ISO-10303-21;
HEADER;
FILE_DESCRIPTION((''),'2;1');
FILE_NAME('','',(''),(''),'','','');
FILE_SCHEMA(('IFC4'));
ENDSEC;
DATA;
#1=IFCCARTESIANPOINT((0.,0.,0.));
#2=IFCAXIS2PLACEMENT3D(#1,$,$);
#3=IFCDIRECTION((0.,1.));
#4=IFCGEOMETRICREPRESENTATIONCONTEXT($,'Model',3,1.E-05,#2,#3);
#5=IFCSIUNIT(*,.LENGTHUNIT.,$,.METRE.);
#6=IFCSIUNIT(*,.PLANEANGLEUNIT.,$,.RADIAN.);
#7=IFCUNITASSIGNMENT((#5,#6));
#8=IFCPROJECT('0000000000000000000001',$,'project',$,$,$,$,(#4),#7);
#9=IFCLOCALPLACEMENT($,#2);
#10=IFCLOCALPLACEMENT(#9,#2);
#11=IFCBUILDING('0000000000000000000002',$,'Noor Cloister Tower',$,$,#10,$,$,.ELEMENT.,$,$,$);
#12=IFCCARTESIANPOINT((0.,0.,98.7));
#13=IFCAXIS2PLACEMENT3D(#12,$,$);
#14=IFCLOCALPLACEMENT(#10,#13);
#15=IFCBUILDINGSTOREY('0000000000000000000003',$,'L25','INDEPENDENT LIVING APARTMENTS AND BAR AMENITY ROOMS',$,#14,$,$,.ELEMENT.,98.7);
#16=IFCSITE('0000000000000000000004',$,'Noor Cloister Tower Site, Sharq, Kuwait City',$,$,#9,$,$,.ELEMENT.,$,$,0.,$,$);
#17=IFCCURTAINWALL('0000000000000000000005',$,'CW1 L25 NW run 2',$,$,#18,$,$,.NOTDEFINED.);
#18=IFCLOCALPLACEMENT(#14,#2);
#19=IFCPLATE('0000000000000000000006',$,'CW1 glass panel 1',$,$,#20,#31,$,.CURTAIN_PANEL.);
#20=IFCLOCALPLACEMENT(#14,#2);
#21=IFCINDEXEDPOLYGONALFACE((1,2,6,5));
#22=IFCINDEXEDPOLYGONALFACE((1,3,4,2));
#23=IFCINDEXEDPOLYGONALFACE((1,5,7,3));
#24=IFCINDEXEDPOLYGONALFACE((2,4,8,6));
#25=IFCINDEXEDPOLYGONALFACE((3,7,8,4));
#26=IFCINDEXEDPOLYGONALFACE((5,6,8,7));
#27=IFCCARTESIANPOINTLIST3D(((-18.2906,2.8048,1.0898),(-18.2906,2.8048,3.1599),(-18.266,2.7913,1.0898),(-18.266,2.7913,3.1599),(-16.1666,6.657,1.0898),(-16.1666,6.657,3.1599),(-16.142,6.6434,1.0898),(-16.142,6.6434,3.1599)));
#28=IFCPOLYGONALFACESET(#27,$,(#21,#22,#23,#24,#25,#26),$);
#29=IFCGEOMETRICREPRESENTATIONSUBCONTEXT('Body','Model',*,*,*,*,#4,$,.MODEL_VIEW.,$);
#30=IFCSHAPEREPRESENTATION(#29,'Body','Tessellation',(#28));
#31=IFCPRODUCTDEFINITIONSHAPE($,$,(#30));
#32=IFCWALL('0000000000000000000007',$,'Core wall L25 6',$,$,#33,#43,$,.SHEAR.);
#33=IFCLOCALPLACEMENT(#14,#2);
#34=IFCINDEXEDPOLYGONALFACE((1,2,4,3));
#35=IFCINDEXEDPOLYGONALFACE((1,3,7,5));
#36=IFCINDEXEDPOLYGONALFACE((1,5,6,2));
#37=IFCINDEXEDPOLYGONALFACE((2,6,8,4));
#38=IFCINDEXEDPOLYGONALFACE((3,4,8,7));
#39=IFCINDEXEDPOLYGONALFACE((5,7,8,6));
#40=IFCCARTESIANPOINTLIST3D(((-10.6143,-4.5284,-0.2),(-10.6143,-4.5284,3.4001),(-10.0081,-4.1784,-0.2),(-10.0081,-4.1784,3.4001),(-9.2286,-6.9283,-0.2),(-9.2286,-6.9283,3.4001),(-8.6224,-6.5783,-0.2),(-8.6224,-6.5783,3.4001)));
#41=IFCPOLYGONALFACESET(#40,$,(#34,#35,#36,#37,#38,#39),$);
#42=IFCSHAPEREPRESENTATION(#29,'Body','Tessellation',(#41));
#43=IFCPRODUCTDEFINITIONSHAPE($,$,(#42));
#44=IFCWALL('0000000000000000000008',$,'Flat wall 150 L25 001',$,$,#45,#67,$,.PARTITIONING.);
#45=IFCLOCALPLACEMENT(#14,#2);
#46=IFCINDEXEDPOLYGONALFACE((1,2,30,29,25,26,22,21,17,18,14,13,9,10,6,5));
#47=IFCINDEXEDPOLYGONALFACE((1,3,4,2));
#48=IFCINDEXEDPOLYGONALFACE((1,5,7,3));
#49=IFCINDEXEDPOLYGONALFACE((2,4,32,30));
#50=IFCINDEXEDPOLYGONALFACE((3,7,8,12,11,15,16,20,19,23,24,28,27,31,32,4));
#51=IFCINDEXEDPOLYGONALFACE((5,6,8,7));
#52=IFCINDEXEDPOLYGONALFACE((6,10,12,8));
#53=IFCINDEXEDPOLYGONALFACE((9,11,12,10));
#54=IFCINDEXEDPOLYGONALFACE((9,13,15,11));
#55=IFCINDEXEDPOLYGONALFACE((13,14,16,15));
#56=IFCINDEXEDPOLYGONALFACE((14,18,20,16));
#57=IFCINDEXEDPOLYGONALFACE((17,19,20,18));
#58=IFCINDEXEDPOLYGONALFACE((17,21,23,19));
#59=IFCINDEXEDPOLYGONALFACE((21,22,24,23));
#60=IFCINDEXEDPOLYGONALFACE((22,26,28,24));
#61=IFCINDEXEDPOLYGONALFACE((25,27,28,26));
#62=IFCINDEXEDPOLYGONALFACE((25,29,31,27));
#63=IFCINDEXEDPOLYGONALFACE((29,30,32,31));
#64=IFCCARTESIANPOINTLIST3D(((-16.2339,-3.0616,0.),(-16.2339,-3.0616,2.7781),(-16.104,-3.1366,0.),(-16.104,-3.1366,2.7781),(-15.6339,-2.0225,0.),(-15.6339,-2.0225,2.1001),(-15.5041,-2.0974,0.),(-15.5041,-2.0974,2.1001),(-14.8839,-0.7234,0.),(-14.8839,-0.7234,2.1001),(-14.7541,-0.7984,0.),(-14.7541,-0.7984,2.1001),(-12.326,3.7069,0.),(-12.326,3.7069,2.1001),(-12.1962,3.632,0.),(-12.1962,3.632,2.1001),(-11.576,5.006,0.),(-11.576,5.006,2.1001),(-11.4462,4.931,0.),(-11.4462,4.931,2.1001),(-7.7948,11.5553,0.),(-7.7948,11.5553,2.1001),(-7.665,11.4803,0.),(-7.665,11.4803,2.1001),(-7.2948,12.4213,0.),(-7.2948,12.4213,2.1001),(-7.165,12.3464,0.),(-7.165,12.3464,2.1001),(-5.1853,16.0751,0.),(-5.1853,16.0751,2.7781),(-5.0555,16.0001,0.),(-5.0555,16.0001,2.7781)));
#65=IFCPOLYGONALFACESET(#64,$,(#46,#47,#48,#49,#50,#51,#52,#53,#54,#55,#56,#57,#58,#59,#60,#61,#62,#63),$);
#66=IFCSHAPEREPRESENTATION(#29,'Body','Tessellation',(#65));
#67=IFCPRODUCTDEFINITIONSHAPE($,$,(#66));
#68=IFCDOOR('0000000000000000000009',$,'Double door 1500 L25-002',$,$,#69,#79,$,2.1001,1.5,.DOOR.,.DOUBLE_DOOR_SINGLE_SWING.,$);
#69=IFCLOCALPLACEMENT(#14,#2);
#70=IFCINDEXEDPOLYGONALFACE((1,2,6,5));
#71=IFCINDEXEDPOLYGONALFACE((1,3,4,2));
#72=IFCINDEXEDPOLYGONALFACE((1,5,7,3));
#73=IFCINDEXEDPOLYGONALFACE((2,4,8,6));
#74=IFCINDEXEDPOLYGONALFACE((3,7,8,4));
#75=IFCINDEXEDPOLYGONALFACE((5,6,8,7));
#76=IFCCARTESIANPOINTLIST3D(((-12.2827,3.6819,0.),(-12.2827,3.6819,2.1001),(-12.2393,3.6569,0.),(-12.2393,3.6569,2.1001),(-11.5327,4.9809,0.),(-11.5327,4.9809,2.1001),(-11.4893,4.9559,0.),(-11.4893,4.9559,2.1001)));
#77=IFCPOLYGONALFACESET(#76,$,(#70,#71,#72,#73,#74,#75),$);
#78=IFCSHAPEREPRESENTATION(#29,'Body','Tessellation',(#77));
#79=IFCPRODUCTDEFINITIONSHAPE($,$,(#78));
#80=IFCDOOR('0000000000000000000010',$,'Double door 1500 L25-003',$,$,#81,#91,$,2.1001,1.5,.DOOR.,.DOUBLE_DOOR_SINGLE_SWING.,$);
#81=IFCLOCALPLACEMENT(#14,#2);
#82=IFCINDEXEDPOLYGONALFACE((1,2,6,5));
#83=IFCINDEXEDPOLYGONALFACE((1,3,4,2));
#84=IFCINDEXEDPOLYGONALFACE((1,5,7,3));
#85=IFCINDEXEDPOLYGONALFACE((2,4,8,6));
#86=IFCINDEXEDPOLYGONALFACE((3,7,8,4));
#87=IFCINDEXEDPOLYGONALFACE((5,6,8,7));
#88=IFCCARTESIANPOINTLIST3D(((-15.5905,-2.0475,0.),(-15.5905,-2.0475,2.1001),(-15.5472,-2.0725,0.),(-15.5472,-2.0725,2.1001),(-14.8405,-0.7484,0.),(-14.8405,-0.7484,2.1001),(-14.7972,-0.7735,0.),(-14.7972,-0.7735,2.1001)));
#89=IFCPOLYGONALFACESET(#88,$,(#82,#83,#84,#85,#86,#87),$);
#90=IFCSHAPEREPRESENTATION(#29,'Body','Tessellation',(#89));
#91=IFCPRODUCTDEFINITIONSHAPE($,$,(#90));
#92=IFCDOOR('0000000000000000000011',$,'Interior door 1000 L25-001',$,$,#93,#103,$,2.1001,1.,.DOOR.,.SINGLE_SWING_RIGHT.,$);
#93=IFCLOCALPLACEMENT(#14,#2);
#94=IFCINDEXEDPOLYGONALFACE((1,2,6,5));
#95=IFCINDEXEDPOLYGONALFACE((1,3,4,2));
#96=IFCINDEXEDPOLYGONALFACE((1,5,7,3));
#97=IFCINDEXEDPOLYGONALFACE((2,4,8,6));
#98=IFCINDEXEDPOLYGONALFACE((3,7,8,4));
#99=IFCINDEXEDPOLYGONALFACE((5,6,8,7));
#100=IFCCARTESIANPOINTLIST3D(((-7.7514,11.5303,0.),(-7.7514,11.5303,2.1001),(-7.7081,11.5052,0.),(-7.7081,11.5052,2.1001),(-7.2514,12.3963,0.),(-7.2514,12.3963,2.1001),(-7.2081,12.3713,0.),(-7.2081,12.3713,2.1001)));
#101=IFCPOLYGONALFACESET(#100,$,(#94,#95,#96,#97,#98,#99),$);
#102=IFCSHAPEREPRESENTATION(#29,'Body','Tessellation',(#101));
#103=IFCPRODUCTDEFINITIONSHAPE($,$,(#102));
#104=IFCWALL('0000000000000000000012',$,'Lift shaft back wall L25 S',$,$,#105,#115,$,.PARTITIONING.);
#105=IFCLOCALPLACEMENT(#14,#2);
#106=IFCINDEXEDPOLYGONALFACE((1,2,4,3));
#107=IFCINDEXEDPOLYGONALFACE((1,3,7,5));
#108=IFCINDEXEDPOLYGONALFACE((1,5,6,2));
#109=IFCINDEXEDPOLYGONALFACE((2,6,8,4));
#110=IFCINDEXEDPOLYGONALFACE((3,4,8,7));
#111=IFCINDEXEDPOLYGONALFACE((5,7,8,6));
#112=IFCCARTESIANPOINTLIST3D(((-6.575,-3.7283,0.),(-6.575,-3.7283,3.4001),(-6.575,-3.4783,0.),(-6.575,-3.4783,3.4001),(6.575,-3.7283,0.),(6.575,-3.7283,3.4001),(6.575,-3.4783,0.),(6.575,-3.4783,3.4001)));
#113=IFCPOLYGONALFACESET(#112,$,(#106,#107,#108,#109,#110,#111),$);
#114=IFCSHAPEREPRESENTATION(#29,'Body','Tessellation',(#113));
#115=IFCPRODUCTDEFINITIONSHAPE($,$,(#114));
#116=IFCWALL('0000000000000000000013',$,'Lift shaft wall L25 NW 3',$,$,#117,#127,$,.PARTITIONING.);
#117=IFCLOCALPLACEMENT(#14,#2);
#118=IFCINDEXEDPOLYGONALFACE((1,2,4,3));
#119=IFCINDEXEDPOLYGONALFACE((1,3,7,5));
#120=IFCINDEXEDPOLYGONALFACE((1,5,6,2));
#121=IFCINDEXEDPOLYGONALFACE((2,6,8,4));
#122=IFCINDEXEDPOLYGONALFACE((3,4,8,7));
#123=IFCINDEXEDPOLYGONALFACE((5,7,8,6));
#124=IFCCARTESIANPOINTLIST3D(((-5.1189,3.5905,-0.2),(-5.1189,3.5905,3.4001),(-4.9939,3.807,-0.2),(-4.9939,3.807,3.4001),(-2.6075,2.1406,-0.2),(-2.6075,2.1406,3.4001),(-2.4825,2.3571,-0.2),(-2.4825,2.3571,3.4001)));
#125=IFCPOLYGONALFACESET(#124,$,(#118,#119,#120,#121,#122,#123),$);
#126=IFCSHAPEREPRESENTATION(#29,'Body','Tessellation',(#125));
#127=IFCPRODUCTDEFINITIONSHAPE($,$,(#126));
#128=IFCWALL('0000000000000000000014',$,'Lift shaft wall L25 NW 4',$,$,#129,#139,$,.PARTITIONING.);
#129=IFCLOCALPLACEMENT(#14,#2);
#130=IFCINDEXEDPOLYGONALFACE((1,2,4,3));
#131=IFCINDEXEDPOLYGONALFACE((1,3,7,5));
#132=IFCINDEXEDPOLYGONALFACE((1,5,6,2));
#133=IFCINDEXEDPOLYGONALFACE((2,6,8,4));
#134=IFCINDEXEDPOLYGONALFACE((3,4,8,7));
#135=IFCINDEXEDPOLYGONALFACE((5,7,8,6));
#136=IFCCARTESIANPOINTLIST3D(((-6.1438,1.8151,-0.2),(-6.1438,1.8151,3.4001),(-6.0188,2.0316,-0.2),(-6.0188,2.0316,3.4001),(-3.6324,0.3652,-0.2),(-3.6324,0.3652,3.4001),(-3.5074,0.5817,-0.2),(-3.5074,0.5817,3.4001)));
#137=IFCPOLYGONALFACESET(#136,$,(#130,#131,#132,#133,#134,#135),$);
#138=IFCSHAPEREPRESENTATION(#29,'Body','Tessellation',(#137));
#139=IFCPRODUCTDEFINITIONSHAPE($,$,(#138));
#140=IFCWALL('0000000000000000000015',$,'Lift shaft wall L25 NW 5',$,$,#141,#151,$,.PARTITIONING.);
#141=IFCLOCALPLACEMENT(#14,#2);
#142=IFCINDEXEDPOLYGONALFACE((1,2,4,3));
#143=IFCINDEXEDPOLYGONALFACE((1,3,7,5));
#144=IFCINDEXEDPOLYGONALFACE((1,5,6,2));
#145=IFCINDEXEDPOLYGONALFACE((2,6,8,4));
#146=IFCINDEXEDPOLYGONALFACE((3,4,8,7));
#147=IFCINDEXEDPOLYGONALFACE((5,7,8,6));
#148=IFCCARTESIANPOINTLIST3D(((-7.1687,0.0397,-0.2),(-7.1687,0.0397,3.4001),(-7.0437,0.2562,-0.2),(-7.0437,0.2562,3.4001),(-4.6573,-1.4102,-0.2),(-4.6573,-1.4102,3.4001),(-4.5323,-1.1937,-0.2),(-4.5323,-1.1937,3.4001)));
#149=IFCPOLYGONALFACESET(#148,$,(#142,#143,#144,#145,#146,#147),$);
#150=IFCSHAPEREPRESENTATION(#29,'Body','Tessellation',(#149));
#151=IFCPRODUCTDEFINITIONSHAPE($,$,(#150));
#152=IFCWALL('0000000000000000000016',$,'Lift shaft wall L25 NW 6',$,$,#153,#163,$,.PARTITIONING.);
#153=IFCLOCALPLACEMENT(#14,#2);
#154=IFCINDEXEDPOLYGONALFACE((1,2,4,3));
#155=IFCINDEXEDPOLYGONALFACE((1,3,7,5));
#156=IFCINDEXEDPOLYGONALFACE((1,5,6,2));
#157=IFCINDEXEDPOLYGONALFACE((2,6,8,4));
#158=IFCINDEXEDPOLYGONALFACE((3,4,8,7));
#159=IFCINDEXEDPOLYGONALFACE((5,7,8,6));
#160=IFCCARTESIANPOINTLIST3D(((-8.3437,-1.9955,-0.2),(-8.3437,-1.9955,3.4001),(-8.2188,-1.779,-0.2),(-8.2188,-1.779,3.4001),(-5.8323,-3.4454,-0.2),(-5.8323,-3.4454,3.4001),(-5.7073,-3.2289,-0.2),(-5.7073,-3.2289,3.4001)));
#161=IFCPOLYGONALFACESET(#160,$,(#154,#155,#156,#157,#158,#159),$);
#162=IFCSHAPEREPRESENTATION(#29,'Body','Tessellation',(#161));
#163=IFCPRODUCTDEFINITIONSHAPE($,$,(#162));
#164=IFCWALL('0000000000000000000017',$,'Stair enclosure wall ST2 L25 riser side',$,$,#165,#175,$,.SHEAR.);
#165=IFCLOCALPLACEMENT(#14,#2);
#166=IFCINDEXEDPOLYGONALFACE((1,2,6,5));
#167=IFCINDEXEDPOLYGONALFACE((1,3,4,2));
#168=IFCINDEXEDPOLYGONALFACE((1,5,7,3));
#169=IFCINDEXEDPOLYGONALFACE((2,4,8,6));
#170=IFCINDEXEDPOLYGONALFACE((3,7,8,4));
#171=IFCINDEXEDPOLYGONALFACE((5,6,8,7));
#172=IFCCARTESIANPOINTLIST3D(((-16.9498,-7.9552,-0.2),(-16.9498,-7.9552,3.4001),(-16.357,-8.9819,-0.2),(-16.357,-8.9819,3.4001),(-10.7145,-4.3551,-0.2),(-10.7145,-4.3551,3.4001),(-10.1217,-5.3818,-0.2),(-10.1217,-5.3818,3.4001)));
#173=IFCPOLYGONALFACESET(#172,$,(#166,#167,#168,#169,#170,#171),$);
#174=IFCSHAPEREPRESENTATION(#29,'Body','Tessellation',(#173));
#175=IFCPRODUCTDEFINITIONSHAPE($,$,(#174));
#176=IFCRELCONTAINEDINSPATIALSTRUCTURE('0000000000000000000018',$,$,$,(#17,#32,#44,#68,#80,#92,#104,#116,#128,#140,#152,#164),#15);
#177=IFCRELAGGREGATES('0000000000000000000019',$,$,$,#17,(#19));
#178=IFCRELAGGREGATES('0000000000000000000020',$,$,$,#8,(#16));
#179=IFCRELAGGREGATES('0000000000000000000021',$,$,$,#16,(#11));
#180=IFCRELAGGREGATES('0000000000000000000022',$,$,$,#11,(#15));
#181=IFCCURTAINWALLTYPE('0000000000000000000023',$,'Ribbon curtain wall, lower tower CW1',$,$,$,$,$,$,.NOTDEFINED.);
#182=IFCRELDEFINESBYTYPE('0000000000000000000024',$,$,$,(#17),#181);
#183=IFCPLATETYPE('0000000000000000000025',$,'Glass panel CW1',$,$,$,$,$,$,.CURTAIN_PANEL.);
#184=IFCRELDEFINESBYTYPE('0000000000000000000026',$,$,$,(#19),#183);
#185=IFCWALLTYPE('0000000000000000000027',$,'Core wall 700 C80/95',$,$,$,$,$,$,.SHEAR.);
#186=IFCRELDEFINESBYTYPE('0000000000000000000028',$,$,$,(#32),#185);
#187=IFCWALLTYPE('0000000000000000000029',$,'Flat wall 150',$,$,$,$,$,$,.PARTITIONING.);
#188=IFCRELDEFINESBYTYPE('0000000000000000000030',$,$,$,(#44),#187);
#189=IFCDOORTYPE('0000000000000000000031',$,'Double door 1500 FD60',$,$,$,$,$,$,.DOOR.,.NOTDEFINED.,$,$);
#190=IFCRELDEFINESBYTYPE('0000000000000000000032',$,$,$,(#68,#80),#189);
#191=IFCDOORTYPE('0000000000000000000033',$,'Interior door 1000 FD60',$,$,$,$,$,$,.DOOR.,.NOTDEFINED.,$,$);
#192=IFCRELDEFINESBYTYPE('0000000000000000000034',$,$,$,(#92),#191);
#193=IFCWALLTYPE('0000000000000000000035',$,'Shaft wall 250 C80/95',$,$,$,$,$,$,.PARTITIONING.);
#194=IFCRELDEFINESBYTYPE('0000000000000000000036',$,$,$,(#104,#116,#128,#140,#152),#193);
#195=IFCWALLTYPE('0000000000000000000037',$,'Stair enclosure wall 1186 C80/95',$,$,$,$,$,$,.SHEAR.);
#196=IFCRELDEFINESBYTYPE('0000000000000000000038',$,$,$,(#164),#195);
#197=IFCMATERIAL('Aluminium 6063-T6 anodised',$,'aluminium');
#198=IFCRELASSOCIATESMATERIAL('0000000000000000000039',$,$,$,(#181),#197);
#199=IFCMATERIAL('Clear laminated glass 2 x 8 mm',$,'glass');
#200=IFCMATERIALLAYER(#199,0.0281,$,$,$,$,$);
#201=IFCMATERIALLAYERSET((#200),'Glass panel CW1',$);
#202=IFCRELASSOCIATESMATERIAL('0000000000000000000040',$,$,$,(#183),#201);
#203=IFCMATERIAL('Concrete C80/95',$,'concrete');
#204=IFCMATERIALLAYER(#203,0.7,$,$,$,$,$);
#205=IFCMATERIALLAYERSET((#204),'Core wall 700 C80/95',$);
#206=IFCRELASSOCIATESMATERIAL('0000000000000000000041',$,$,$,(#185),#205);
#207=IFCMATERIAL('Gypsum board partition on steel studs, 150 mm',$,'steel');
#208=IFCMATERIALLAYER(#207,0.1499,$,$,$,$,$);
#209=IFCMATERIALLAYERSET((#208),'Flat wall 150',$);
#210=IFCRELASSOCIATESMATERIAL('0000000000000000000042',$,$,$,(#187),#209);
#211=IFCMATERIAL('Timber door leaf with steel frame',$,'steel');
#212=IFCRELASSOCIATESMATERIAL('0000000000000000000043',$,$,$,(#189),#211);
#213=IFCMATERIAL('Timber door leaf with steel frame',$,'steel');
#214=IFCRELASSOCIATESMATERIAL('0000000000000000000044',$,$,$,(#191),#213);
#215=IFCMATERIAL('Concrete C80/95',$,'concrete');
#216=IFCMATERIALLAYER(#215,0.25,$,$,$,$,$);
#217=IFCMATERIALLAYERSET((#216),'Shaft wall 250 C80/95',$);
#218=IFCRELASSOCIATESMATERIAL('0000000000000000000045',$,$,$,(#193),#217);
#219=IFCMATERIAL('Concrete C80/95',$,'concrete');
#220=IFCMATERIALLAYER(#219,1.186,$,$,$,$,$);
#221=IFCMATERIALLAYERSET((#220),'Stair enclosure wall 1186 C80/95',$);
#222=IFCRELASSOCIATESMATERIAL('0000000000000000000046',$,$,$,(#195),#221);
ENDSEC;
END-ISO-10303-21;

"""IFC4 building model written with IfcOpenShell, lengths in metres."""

from ifc_helpers import new_model, si_unit, direction, frame, frame_2d, origin, origin_2d, place, context, subcontext, project, spatial, rectangle, extrude, material, layer, layer_set, type_object, element, fill, aggregate, save


model = new_model("IFC4")

# Units and contexts
model_context = context("Model", 3, precision=1e-05, world=origin(), true_north=direction((0.0, 1.0)))
body_context = subcontext(model_context, "Body", "Model", "MODEL_VIEW")
ifc_project = project(units=[si_unit("LENGTHUNIT", "METRE"), si_unit("PLANEANGLEUNIT", "RADIAN")], contexts=[model_context])

# Site, building, storey
site_placement = place(None, origin())
site = spatial("IfcSite", under=ifc_project, at=site_placement, Name="Noor Cloister Tower Site, Sharq, Kuwait City", CompositionType="ELEMENT", RefElevation=0.0)
building_placement = place(site_placement, origin())
building = spatial("IfcBuilding", under=site, at=building_placement, Name="Noor Cloister Tower", CompositionType="ELEMENT")
storey_placement = place(building_placement, frame((0.0, 0.0, 98.7)))
storey = spatial("IfcBuildingStorey", under=building, at=storey_placement, Name="L25", Description="INDEPENDENT LIVING APARTMENTS AND BAR AMENITY ROOMS", CompositionType="ELEMENT", Elevation=98.7)

# Curtain wall
ifc_material_1 = material(Name="Aluminium 6063-T6 anodised", Category="aluminium")
curtain_wall_type_1 = type_object("IfcCurtainWallType", Name="Ribbon curtain wall, lower tower CW1", PredefinedType="NOTDEFINED", material=ifc_material_1)
curtain_wall_1_placement = place(storey_placement, origin())
curtain_wall_1 = element("IfcCurtainWall", 1, at=curtain_wall_1_placement, inside=storey, type_object=curtain_wall_type_1, Name="CW1 L25 NW run 2", PredefinedType="NOTDEFINED")

# Plate
ifc_material_2 = material(Name="Clear laminated glass 2 x 8 mm", Category="glass")
ifc_layer_1 = layer(ifc_material_2, 0.0281)
ifc_layer_set_1 = layer_set([ifc_layer_1], Name="Glass panel CW1")
plate_type = type_object("IfcPlateType", Name="Glass panel CW1", PredefinedType="CURTAIN_PANEL", material=ifc_layer_set_1)
plate_placement = place(storey_placement, frame((-17.2163, 4.7241, 1.0898), z_axis=(0.0, 0.0, 1.0), x_axis=(-0.482858, -0.875699, 0.0)))
plate = element("IfcPlate", 2, at=plate_placement, type_object=plate_type, Name="CW1 glass panel 1", PredefinedType="CURTAIN_PANEL", context=body_context, shape_type="SweptSolid", body=[
    extrude(rectangle(XDim=4.3989, YDim=0.0281, at=origin_2d()), origin(), (0.0, 0.0, 1.0), 2.0701),
])
aggregate(curtain_wall_1, [plate])

# Wall
ifc_material_3 = material(Name="Concrete C80/95", Category="concrete")
ifc_layer_2 = layer(ifc_material_3, 0.7)
ifc_layer_set_2 = layer_set([ifc_layer_2], Name="Core wall 700 C80/95")
wall_type_1 = type_object("IfcWallType", Name="Core wall 700 C80/95", PredefinedType="SHEAR", material=ifc_layer_set_2)
wall_1_placement = place(storey_placement, frame((-10.3113, -4.3533, -0.2), z_axis=(0.0, 0.0, 1.0), x_axis=(0.500043, -0.866001, 0.0)))
element("IfcWall", 3, at=wall_1_placement, inside=storey, type_object=wall_type_1, Name="Core wall L25 6", PredefinedType="SHEAR", context=body_context, shape_type="SweptSolid", body=[
    extrude(rectangle(XDim=2.7712, YDim=0.7, at=frame_2d((1.3857, 0.0))), origin(), (0.0, 0.0, 1.0), 3.6001),
])

# Wall, openings, doors
ifc_material_4 = material(Name="Gypsum board partition on steel studs, 150 mm", Category="steel")
ifc_layer_3 = layer(ifc_material_4, 0.1499)
ifc_layer_set_3 = layer_set([ifc_layer_3], Name="Flat wall 150")
wall_type_2 = type_object("IfcWallType", Name="Flat wall 150", PredefinedType="PARTITIONING", material=ifc_layer_set_3)
wall_2_placement = place(storey_placement, frame((-16.1689, -3.0991, 0.0), z_axis=(0.0, 0.0, 1.0), x_axis=(0.5, 0.866026, 0.0)))
wall_2 = element("IfcWall", 4, at=wall_2_placement, inside=storey, type_object=wall_type_2, Name="Flat wall 150 L25 001", PredefinedType="PARTITIONING", context=body_context, shape_type="SweptSolid", body=[
    extrude(rectangle(XDim=22.0972, YDim=0.1499, at=frame_2d((11.0486, 0.0))), origin(), (0.0, 0.0, 1.0), 2.7781),
])
opening_1_placement = place(wall_2_placement, frame((16.8782, 0.0, 0.0)))
opening_1 = element("IfcOpeningElement", 5, at=opening_1_placement, cuts=wall_2, PredefinedType="OPENING", context=body_context, shape_type="SweptSolid", body=[
    extrude(rectangle(XDim=1.0, YDim=2.1001, at=frame_2d((0.5, 1.05))), frame((0.0, 0.085, 0.0), z_axis=(0.0, -1.0, 0.0), x_axis=(1.0, 0.0, 0.0)), (0.0, 0.0, 1.0), 0.1699),
])
opening_2_placement = place(wall_2_placement, frame((7.8157, 0.0, 0.0)))
opening_2 = element("IfcOpeningElement", 6, at=opening_2_placement, cuts=wall_2, PredefinedType="OPENING", context=body_context, shape_type="SweptSolid", body=[
    extrude(rectangle(XDim=1.5, YDim=2.1001, at=frame_2d((0.75, 1.05))), frame((0.0, 0.085, 0.0), z_axis=(0.0, -1.0, 0.0), x_axis=(1.0, 0.0, 0.0)), (0.0, 0.0, 1.0), 0.1699),
])
opening_3_placement = place(wall_2_placement, frame((1.2, 0.0, 0.0)))
opening_3 = element("IfcOpeningElement", 7, at=opening_3_placement, cuts=wall_2, PredefinedType="OPENING", context=body_context, shape_type="SweptSolid", body=[
    extrude(rectangle(XDim=1.5, YDim=2.1001, at=frame_2d((0.75, 1.05))), frame((0.0, 0.085, 0.0), z_axis=(0.0, -1.0, 0.0), x_axis=(1.0, 0.0, 0.0)), (0.0, 0.0, 1.0), 0.1699),
])
ifc_material_5 = material(Name="Timber door leaf with steel frame", Category="steel")
door_type_1 = type_object("IfcDoorType", Name="Double door 1500 FD60", OperationType="NOTDEFINED", PredefinedType="DOOR", material=ifc_material_5)
door_1_placement = place(opening_2_placement, origin())
door_1 = element("IfcDoor", 8, at=door_1_placement, inside=storey, type_object=door_type_1, Name="Double door 1500 L25-002", OperationType="DOUBLE_DOOR_SINGLE_SWING", OverallHeight=2.1001, OverallWidth=1.5, PredefinedType="DOOR", context=body_context, shape_type="SweptSolid", body=[
    extrude(rectangle(XDim=1.5, YDim=2.1001, at=frame_2d((0.75, 1.05))), frame((0.0, 0.0249, 0.0), z_axis=(0.0, -1.0, 0.0), x_axis=(1.0, 0.0, 0.0)), (0.0, 0.0, 1.0), 0.05),
])
fill(opening_2, door_1)
door_2_placement = place(opening_3_placement, origin())
door_2 = element("IfcDoor", 9, at=door_2_placement, inside=storey, type_object=door_type_1, Name="Double door 1500 L25-003", OperationType="DOUBLE_DOOR_SINGLE_SWING", OverallHeight=2.1001, OverallWidth=1.5, PredefinedType="DOOR", context=body_context, shape_type="SweptSolid", body=[
    extrude(rectangle(XDim=1.5, YDim=2.1001, at=frame_2d((0.75, 1.05))), frame((0.0, 0.0249, 0.0), z_axis=(0.0, -1.0, 0.0), x_axis=(1.0, 0.0, 0.0)), (0.0, 0.0, 1.0), 0.05),
])
fill(opening_3, door_2)
ifc_material_6 = material(Name="Timber door leaf with steel frame", Category="steel")
door_type_2 = type_object("IfcDoorType", Name="Interior door 1000 FD60", OperationType="NOTDEFINED", PredefinedType="DOOR", material=ifc_material_6)
door_3_placement = place(opening_1_placement, origin())
door_3 = element("IfcDoor", 10, at=door_3_placement, inside=storey, type_object=door_type_2, Name="Interior door 1000 L25-001", OperationType="SINGLE_SWING_RIGHT", OverallHeight=2.1001, OverallWidth=1.0, PredefinedType="DOOR", context=body_context, shape_type="SweptSolid", body=[
    extrude(rectangle(XDim=1.0, YDim=2.1001, at=frame_2d((0.5, 1.05))), frame((0.0, 0.0249, 0.0), z_axis=(0.0, -1.0, 0.0), x_axis=(1.0, 0.0, 0.0)), (0.0, 0.0, 1.0), 0.05),
])
fill(opening_1, door_3)

# Walls
ifc_material_7 = material(Name="Concrete C80/95", Category="concrete")
ifc_layer_4 = layer(ifc_material_7, 0.25)
ifc_layer_set_4 = layer_set([ifc_layer_4], Name="Shaft wall 250 C80/95")
wall_type_3 = type_object("IfcWallType", Name="Shaft wall 250 C80/95", PredefinedType="PARTITIONING", material=ifc_layer_set_4)
wall_3_placement = place(storey_placement, frame((-6.575, -3.6033, 0.0), z_axis=(0.0, 0.0, 1.0), x_axis=(1.0, 0.0, 0.0)))
element("IfcWall", 11, at=wall_3_placement, inside=storey, type_object=wall_type_3, Name="Lift shaft back wall L25 S", PredefinedType="PARTITIONING", context=body_context, shape_type="SweptSolid", body=[
    extrude(rectangle(XDim=13.1499, YDim=0.25, at=frame_2d((6.575, 0.0))), origin(), (0.0, 0.0, 1.0), 3.4001),
])
for number, where, z_axis, x_axis, name in (
    (12, (-5.0564, 3.6987, -0.2), (0.0, 0.0, 1.0), (0.866033, -0.499987, 0.0), "Lift shaft wall L25 NW 3"),
    (13, (-6.0813, 1.9233, -0.2), (0.0, 0.0, 1.0), (0.866033, -0.499987, 0.0), "Lift shaft wall L25 NW 4"),
    (14, (-7.1062, 0.1479, -0.2), (0.0, 0.0, 1.0), (0.866033, -0.499987, 0.0), "Lift shaft wall L25 NW 5"),
    (15, (-8.2812, -1.8872, -0.2), (0.0, 0.0, 1.0), (0.866033, -0.499987, 0.0), "Lift shaft wall L25 NW 6"),
):
    element("IfcWall", number, at=place(storey_placement, frame(where, z_axis=z_axis, x_axis=x_axis)), inside=storey, type_object=wall_type_3, Name=name, PredefinedType="PARTITIONING", context=body_context, shape_type="SweptSolid", body=[
        extrude(rectangle(XDim=2.8999, YDim=0.25, at=frame_2d((1.45, 0.0))), origin(), (0.0, 0.0, 1.0), 3.6001),
    ])
ifc_material_8 = material(Name="Concrete C80/95", Category="concrete")
ifc_layer_5 = layer(ifc_material_8, 1.186)
ifc_layer_set_5 = layer_set([ifc_layer_5], Name="Stair enclosure wall 1186 C80/95")
wall_type_4 = type_object("IfcWallType", Name="Stair enclosure wall 1186 C80/95", PredefinedType="SHEAR", material=ifc_layer_set_5)
wall_4_placement = place(storey_placement, frame((-10.418, -4.8684, -0.2), z_axis=(0.0, 0.0, 1.0), x_axis=(-0.866018, -0.500012, 0.0)))
element("IfcWall", 16, at=wall_4_placement, inside=storey, type_object=wall_type_4, Name="Stair enclosure wall ST2 L25 riser side", PredefinedType="SHEAR", context=body_context, shape_type="SweptSolid", body=[
    extrude(rectangle(XDim=7.2, YDim=1.1855, at=frame_2d((3.6001, 0.0))), origin(), (0.0, 0.0, 1.0), 3.6001),
])

save(model, "model.ifc")
